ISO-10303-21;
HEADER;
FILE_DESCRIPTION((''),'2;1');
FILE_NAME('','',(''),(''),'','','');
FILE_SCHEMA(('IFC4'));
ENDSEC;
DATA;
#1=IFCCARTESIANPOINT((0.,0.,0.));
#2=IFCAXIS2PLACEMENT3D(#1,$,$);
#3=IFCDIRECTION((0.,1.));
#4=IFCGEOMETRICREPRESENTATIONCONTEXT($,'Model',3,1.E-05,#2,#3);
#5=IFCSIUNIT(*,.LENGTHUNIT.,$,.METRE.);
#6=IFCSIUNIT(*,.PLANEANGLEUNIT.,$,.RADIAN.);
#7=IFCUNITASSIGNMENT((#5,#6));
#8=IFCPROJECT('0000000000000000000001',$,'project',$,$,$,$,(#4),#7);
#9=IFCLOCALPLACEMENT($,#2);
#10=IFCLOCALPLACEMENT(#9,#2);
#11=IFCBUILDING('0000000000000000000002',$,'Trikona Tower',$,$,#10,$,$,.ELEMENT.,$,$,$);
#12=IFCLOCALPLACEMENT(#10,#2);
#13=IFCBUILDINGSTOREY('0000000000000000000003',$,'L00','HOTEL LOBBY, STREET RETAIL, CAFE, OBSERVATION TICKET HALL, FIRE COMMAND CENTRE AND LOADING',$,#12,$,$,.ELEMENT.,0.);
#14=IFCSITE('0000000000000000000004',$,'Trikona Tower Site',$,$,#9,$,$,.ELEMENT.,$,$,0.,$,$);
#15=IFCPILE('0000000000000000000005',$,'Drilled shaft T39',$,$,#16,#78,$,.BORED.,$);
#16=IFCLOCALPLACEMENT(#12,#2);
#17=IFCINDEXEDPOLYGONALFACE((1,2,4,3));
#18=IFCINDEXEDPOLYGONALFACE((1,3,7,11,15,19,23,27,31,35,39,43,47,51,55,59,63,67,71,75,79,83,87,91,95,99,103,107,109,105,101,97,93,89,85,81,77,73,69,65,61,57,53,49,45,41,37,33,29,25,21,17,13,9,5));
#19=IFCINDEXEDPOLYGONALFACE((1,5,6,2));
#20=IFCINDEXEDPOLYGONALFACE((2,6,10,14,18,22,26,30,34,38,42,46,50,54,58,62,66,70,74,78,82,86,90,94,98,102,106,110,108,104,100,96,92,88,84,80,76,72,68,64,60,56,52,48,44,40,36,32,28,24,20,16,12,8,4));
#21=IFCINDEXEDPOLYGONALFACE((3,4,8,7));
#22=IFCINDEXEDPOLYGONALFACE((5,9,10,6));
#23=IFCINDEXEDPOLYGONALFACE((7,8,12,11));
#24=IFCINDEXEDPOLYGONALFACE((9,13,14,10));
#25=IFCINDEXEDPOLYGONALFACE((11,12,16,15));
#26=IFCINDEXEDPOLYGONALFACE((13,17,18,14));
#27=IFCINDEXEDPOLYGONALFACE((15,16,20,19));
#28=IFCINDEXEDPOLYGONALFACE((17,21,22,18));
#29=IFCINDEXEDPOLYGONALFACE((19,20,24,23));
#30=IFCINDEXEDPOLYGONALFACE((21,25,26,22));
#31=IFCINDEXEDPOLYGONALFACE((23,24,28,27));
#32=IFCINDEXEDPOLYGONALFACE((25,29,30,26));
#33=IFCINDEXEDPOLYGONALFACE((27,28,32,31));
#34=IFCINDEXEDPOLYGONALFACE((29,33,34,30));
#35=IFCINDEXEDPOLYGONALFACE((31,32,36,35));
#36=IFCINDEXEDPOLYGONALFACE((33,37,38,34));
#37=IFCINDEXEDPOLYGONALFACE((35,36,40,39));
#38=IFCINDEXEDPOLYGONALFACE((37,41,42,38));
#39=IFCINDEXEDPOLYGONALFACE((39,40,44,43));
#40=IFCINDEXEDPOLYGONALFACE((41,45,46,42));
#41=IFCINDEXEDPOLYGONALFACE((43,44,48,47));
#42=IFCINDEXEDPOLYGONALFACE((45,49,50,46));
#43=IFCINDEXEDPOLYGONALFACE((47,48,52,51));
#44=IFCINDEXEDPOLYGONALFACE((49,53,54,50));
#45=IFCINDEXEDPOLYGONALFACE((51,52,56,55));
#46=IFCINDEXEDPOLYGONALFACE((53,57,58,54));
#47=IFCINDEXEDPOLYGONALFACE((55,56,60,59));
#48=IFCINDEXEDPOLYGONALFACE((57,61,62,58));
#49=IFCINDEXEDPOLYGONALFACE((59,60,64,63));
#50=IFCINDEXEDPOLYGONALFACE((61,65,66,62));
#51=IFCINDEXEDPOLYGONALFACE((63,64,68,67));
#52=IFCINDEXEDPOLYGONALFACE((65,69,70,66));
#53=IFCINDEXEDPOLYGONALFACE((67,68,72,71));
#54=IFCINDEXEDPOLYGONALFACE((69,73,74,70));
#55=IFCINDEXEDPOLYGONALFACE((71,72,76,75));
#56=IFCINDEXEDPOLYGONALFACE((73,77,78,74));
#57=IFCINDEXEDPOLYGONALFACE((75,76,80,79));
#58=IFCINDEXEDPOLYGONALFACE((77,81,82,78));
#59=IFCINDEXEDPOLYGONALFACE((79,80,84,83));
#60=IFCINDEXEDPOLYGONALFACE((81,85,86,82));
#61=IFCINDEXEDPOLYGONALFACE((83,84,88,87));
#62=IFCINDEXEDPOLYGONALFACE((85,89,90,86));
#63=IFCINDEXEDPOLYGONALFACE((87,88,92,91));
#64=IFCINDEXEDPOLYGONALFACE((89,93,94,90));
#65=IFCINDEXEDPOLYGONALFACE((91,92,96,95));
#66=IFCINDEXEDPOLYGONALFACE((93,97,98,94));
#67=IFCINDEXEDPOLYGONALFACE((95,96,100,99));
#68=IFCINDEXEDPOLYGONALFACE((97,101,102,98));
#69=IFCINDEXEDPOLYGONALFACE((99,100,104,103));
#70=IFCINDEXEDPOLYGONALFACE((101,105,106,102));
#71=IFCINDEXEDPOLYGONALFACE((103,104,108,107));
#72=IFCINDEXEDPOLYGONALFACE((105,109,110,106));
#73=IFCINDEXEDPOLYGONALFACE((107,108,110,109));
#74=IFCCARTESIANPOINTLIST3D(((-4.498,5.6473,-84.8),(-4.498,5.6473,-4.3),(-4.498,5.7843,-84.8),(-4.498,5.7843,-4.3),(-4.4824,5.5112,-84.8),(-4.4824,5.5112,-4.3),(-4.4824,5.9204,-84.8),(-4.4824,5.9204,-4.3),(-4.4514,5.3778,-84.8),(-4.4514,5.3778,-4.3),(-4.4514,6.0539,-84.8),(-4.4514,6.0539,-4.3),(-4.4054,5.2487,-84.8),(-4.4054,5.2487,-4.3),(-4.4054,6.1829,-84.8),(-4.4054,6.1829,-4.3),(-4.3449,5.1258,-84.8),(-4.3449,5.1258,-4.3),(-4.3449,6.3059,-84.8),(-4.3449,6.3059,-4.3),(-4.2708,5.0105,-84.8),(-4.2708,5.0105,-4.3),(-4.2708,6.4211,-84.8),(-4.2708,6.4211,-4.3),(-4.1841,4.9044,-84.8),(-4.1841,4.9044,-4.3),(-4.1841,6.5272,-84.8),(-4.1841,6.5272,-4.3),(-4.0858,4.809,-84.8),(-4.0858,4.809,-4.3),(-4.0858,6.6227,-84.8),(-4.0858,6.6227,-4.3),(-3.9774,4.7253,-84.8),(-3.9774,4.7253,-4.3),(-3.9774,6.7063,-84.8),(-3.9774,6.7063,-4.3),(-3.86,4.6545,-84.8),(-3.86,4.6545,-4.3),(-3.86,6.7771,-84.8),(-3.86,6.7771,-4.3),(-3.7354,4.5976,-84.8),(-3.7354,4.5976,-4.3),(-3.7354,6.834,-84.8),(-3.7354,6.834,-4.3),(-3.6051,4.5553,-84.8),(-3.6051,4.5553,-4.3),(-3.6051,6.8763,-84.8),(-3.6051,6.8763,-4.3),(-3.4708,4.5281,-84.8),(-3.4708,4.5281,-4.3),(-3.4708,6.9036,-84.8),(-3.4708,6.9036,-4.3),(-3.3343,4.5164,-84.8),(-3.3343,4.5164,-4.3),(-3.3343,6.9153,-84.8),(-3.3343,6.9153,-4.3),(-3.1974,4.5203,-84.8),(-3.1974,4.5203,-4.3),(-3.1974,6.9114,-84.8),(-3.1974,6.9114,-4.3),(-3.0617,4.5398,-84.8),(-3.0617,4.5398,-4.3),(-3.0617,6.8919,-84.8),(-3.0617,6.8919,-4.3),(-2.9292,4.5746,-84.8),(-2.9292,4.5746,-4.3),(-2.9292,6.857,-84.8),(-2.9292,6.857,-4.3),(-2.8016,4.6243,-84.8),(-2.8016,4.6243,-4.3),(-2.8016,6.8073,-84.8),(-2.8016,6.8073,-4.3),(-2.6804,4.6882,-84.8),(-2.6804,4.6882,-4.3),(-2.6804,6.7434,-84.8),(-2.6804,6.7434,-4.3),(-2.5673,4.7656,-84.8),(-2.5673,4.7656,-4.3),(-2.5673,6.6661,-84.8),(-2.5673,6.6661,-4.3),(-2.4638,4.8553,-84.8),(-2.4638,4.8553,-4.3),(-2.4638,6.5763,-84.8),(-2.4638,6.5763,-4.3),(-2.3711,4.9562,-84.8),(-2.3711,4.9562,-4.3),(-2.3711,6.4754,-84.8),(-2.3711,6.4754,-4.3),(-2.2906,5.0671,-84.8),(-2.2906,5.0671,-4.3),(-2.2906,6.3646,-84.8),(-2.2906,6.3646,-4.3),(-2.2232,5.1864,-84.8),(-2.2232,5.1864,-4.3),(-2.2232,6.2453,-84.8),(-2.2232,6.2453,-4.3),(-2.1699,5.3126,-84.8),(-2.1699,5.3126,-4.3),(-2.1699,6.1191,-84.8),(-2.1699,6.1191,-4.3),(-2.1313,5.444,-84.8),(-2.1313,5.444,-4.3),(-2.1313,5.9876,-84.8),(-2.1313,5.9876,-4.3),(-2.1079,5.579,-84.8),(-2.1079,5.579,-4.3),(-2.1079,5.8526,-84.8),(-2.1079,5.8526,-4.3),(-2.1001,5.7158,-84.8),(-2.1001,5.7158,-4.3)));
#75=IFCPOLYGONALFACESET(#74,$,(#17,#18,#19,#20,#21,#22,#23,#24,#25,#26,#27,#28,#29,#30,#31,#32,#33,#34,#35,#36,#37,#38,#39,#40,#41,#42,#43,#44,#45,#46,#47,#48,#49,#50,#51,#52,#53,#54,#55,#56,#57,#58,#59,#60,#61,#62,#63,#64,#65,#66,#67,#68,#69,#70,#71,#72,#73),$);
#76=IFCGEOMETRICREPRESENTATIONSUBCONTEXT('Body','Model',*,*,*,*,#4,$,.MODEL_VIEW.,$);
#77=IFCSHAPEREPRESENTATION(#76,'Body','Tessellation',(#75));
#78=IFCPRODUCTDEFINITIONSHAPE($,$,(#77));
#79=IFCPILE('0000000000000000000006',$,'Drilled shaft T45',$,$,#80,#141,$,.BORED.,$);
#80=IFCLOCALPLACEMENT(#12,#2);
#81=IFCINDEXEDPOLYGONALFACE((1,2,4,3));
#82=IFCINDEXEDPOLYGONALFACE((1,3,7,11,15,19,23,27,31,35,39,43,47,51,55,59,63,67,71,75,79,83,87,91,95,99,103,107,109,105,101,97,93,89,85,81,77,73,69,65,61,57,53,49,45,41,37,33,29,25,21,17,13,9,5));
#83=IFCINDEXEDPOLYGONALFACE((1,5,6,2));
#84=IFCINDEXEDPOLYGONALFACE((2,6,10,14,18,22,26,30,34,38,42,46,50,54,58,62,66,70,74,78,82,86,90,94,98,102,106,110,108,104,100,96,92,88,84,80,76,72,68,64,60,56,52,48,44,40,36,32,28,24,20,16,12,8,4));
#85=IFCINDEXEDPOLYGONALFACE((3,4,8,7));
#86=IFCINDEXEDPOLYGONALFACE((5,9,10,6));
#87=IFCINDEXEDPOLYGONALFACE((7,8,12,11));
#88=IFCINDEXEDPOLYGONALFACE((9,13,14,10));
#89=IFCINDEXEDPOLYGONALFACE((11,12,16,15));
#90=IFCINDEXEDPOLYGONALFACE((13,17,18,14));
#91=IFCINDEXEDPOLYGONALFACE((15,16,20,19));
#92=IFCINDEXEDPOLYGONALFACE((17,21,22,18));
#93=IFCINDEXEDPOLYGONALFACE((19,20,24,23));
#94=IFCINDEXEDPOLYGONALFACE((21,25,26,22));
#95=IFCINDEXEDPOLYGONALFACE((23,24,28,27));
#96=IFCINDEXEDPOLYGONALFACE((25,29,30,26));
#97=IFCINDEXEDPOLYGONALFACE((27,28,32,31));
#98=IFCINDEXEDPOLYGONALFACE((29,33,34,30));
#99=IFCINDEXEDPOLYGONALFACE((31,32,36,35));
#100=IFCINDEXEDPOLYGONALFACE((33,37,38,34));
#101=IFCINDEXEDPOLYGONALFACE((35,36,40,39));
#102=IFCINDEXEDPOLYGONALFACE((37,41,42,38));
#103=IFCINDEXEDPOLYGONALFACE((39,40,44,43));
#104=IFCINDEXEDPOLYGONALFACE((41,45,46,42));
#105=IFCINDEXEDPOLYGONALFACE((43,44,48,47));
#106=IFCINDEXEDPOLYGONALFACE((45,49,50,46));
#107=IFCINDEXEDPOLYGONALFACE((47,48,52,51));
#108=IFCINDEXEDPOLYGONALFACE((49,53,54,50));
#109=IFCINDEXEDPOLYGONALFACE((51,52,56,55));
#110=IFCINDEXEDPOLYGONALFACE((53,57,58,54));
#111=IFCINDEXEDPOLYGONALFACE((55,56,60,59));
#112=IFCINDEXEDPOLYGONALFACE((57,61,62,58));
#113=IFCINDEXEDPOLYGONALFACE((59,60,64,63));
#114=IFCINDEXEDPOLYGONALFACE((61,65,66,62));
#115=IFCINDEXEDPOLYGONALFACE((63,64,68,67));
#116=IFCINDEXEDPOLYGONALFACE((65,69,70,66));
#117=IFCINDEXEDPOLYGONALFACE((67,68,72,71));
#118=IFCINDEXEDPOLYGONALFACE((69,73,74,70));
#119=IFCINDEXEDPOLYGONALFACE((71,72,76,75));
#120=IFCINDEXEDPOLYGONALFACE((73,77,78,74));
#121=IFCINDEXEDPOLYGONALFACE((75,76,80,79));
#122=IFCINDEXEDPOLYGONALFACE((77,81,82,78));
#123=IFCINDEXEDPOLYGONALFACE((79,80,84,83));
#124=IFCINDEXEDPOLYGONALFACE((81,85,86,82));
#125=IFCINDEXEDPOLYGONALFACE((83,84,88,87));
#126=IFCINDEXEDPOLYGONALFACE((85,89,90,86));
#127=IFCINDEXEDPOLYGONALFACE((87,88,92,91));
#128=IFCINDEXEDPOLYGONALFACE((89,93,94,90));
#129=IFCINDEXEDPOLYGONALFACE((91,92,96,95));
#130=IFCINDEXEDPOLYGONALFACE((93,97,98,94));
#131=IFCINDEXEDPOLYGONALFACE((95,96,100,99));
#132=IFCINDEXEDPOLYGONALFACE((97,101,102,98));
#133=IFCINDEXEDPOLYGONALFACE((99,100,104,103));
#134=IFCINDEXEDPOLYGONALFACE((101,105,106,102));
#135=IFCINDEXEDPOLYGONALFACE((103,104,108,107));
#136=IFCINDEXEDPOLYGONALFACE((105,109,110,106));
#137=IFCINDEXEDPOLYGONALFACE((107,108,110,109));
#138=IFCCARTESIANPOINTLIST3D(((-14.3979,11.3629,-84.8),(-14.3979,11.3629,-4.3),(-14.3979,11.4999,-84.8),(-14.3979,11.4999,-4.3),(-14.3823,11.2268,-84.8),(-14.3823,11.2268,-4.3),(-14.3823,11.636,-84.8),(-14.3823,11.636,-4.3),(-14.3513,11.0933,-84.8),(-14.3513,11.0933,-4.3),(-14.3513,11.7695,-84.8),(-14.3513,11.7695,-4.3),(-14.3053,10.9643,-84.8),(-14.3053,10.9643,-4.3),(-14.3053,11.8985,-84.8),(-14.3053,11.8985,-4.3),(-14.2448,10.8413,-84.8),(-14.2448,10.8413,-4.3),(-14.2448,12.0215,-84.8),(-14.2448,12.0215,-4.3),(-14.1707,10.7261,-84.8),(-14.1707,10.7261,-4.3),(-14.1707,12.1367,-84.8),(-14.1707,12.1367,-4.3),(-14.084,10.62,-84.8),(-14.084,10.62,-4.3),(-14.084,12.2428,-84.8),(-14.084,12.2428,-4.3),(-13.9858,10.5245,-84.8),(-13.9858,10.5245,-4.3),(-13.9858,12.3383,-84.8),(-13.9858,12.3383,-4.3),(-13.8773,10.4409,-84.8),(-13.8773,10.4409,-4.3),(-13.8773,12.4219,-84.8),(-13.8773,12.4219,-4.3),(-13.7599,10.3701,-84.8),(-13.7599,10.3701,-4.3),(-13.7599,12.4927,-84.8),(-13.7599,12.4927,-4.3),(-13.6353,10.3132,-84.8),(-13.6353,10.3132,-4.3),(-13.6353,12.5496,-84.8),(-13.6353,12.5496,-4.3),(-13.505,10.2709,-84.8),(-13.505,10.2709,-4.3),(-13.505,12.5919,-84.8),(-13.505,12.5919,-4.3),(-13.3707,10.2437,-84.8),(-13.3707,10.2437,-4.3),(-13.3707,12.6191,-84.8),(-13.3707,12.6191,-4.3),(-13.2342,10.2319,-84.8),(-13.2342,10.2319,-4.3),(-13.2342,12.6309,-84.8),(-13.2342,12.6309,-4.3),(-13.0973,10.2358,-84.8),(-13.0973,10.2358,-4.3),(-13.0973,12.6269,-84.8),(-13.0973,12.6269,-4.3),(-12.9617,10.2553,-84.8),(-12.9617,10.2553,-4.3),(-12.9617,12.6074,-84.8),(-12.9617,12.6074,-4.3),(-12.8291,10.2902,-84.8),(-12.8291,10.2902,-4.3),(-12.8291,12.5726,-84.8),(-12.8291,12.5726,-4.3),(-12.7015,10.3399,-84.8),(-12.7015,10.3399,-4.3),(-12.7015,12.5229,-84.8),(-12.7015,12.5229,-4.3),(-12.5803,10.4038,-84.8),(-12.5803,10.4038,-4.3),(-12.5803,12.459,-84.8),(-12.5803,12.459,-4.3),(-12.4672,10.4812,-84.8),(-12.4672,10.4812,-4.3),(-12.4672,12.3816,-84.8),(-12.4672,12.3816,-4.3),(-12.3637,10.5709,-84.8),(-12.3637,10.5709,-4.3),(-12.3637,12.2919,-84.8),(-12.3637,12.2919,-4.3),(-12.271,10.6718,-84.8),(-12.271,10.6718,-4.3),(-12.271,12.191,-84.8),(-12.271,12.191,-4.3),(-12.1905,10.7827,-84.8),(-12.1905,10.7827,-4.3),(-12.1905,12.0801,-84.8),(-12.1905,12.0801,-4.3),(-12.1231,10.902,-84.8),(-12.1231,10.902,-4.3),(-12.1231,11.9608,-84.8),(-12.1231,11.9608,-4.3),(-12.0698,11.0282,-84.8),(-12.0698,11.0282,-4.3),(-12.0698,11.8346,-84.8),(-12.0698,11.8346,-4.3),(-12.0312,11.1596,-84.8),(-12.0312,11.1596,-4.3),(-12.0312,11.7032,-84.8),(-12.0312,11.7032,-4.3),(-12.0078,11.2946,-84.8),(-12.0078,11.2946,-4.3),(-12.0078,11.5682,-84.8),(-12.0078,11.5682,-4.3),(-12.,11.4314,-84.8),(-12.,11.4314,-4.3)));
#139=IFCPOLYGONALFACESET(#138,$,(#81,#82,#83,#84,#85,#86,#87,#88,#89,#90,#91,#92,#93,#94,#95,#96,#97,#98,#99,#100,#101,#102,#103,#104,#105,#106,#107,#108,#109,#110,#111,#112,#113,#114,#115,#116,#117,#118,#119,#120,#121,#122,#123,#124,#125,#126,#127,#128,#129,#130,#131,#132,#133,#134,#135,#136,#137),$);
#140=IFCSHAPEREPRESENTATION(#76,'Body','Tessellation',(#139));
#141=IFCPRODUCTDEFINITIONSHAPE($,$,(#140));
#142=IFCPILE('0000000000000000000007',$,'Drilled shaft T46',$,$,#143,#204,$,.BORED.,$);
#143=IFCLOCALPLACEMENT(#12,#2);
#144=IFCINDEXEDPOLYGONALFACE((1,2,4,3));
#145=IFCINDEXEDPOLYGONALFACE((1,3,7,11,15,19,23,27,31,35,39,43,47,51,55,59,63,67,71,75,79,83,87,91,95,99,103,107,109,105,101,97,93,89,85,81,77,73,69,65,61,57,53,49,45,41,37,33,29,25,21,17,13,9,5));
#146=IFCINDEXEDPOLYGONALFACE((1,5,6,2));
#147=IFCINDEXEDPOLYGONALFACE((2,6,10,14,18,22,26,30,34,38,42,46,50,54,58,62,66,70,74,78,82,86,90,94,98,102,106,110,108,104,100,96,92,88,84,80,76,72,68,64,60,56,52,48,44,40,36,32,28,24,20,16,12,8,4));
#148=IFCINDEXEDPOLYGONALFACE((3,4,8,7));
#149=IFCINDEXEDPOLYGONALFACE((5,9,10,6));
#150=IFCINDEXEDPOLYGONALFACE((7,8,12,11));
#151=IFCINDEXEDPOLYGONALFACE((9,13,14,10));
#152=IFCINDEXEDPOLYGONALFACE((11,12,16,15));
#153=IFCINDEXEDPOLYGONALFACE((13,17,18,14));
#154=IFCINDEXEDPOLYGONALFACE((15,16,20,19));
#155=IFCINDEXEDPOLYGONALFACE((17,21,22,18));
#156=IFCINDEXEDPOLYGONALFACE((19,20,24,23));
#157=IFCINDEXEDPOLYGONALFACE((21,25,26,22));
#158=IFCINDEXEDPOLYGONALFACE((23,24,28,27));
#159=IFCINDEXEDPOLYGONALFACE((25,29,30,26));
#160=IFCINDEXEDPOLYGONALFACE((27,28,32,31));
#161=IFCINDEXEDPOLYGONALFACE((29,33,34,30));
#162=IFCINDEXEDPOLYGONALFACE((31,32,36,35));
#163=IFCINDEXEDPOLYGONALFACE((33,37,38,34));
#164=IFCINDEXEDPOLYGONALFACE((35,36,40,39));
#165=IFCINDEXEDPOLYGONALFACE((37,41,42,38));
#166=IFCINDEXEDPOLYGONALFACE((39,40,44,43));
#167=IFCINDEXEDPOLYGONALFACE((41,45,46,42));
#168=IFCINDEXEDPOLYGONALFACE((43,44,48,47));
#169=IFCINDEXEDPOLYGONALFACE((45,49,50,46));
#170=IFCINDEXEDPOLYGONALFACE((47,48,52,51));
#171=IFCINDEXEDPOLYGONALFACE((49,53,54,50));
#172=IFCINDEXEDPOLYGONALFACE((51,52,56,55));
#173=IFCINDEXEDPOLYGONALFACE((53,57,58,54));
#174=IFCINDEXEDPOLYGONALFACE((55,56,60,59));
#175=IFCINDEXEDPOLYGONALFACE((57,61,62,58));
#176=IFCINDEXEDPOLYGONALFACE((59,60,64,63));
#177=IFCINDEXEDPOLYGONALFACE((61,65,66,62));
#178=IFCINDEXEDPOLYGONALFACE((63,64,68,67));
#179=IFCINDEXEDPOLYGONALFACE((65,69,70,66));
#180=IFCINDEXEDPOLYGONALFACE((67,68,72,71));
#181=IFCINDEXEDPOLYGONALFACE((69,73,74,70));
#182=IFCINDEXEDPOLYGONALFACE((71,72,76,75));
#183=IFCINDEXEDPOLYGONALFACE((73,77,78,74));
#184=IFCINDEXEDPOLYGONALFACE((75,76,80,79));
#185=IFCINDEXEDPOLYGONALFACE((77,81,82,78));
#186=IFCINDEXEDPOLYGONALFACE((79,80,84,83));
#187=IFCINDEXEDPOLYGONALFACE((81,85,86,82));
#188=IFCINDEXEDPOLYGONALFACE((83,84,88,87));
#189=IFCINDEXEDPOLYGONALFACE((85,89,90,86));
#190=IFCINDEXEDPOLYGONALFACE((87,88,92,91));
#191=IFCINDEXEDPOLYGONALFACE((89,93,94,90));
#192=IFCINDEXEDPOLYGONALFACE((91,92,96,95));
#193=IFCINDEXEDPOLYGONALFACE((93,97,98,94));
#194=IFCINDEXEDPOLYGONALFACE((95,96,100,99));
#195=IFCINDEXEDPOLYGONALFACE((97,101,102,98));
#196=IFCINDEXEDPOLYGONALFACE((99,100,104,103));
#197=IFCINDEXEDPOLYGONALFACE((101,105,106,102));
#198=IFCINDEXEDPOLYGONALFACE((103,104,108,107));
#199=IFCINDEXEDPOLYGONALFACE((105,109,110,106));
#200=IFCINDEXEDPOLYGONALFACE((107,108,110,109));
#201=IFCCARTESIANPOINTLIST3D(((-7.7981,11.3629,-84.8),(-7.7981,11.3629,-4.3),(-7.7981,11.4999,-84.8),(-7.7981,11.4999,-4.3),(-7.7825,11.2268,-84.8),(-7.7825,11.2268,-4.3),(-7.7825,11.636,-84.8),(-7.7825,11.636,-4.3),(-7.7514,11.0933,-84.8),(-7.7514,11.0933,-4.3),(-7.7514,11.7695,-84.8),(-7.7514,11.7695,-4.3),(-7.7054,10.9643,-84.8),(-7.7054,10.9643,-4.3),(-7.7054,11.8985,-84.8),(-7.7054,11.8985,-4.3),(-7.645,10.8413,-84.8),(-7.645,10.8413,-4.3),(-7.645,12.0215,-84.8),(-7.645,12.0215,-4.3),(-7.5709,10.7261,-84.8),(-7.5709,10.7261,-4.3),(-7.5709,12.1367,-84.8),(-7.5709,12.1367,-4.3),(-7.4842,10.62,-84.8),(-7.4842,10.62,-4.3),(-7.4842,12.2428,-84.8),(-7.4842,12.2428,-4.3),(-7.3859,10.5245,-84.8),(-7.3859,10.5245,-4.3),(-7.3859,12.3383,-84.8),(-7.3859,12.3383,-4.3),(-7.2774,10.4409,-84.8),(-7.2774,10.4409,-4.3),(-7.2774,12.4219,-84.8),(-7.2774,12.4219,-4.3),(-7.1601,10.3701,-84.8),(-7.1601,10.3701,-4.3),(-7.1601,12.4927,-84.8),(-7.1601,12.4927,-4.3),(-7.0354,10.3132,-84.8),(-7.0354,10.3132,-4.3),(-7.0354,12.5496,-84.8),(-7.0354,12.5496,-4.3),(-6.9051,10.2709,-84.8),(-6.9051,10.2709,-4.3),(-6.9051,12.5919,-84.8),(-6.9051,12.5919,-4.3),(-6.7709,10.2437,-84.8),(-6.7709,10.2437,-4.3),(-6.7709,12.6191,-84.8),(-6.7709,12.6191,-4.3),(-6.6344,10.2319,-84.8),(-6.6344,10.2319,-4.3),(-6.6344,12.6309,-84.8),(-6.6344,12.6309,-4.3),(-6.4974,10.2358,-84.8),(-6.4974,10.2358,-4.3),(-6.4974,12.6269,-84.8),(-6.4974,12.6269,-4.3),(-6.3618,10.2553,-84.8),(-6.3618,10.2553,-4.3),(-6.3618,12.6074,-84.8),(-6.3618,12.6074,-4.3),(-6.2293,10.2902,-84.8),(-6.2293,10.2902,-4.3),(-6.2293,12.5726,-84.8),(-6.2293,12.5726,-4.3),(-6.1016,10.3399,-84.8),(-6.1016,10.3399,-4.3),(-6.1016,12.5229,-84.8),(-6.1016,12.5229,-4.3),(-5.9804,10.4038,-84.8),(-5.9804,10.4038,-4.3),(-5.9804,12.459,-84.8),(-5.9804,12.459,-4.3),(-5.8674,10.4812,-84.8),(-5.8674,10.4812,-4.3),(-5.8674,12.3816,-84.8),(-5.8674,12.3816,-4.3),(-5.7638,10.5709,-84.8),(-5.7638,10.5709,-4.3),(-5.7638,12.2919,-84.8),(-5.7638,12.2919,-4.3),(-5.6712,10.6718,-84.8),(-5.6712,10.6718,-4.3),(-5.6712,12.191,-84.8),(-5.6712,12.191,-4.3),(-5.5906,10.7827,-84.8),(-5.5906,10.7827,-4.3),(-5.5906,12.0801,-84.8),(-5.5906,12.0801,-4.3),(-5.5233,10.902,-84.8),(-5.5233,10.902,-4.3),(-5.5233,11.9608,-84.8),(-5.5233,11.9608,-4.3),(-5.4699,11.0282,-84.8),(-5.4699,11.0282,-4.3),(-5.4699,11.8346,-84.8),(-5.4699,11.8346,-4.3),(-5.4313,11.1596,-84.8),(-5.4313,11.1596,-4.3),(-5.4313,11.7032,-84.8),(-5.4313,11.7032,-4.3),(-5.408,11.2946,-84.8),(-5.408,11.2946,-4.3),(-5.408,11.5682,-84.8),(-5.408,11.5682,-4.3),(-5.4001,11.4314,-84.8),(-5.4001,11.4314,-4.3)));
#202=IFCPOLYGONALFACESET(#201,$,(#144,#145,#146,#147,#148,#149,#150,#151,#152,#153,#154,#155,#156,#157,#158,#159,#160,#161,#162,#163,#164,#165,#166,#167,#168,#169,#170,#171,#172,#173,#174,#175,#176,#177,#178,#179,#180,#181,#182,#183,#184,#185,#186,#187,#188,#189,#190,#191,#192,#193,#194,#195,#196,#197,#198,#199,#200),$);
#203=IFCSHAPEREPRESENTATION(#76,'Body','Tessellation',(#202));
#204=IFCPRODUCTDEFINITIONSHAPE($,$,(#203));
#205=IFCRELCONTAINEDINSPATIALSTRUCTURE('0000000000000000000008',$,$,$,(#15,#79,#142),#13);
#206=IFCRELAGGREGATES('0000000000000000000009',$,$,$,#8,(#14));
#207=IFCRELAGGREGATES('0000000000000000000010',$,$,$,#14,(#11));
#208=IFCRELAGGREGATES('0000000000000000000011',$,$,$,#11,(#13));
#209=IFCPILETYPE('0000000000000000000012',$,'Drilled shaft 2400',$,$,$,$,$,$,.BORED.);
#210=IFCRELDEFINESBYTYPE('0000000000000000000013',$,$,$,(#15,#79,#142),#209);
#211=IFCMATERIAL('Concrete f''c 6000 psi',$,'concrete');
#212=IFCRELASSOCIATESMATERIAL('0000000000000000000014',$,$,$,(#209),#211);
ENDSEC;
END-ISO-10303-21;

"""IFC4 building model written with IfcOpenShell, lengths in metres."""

from ifc_helpers import new_model, si_unit, direction, frame, origin, origin_2d, place, context, subcontext, project, spatial, circle, extrude, material, type_object, element, save


model = new_model("IFC4")

# Units and contexts
model_context = context("Model", 3, precision=1e-05, world=origin(), true_north=direction((0.0, 1.0)))
body_context = subcontext(model_context, "Body", "Model", "MODEL_VIEW")
ifc_project = project(units=[si_unit("LENGTHUNIT", "METRE"), si_unit("PLANEANGLEUNIT", "RADIAN")], contexts=[model_context])

# Site, building, storey
site_placement = place(None, origin())
site = spatial("IfcSite", under=ifc_project, at=site_placement, Name="Trikona Tower Site", CompositionType="ELEMENT", RefElevation=0.0)
building_placement = place(site_placement, origin())
building = spatial("IfcBuilding", under=site, at=building_placement, Name="Trikona Tower", CompositionType="ELEMENT")
storey_placement = place(building_placement, origin())
storey = spatial("IfcBuildingStorey", under=building, at=storey_placement, Name="L00", Description="HOTEL LOBBY, STREET RETAIL, CAFE, OBSERVATION TICKET HALL, FIRE COMMAND CENTRE AND LOADING", CompositionType="ELEMENT", Elevation=0.0)

# Piles
ifc_material_1 = material(Name="Concrete f'c 6000 psi", Category="concrete")
pile_type = type_object("IfcPileType", Name="Drilled shaft 2400", PredefinedType="BORED", material=ifc_material_1)
for number, where, z_axis, x_axis, name in (
    (1, (-3.3, 5.7158, -4.3), (0.0, 0.0, -1.0), (1.0, 0.0, 0.0), "Drilled shaft T39"),
    (2, (-13.2, 11.4314, -4.3), (0.0, 0.0, -1.0), (1.0, 0.0, 0.0), "Drilled shaft T45"),
    (3, (-6.6001, 11.4314, -4.3), (0.0, 0.0, -1.0), (1.0, 0.0, 0.0), "Drilled shaft T46"),
):
    element("IfcPile", number, at=place(storey_placement, frame(where, z_axis=z_axis, x_axis=x_axis)), inside=storey, type_object=pile_type, Name=name, PredefinedType="BORED", context=body_context, shape_type="SweptSolid", body=[
        extrude(circle(Radius=1.2, at=origin_2d()), origin(), (0.0, 0.0, 1.0), 80.5),
    ])

save(model, "model.ifc")
